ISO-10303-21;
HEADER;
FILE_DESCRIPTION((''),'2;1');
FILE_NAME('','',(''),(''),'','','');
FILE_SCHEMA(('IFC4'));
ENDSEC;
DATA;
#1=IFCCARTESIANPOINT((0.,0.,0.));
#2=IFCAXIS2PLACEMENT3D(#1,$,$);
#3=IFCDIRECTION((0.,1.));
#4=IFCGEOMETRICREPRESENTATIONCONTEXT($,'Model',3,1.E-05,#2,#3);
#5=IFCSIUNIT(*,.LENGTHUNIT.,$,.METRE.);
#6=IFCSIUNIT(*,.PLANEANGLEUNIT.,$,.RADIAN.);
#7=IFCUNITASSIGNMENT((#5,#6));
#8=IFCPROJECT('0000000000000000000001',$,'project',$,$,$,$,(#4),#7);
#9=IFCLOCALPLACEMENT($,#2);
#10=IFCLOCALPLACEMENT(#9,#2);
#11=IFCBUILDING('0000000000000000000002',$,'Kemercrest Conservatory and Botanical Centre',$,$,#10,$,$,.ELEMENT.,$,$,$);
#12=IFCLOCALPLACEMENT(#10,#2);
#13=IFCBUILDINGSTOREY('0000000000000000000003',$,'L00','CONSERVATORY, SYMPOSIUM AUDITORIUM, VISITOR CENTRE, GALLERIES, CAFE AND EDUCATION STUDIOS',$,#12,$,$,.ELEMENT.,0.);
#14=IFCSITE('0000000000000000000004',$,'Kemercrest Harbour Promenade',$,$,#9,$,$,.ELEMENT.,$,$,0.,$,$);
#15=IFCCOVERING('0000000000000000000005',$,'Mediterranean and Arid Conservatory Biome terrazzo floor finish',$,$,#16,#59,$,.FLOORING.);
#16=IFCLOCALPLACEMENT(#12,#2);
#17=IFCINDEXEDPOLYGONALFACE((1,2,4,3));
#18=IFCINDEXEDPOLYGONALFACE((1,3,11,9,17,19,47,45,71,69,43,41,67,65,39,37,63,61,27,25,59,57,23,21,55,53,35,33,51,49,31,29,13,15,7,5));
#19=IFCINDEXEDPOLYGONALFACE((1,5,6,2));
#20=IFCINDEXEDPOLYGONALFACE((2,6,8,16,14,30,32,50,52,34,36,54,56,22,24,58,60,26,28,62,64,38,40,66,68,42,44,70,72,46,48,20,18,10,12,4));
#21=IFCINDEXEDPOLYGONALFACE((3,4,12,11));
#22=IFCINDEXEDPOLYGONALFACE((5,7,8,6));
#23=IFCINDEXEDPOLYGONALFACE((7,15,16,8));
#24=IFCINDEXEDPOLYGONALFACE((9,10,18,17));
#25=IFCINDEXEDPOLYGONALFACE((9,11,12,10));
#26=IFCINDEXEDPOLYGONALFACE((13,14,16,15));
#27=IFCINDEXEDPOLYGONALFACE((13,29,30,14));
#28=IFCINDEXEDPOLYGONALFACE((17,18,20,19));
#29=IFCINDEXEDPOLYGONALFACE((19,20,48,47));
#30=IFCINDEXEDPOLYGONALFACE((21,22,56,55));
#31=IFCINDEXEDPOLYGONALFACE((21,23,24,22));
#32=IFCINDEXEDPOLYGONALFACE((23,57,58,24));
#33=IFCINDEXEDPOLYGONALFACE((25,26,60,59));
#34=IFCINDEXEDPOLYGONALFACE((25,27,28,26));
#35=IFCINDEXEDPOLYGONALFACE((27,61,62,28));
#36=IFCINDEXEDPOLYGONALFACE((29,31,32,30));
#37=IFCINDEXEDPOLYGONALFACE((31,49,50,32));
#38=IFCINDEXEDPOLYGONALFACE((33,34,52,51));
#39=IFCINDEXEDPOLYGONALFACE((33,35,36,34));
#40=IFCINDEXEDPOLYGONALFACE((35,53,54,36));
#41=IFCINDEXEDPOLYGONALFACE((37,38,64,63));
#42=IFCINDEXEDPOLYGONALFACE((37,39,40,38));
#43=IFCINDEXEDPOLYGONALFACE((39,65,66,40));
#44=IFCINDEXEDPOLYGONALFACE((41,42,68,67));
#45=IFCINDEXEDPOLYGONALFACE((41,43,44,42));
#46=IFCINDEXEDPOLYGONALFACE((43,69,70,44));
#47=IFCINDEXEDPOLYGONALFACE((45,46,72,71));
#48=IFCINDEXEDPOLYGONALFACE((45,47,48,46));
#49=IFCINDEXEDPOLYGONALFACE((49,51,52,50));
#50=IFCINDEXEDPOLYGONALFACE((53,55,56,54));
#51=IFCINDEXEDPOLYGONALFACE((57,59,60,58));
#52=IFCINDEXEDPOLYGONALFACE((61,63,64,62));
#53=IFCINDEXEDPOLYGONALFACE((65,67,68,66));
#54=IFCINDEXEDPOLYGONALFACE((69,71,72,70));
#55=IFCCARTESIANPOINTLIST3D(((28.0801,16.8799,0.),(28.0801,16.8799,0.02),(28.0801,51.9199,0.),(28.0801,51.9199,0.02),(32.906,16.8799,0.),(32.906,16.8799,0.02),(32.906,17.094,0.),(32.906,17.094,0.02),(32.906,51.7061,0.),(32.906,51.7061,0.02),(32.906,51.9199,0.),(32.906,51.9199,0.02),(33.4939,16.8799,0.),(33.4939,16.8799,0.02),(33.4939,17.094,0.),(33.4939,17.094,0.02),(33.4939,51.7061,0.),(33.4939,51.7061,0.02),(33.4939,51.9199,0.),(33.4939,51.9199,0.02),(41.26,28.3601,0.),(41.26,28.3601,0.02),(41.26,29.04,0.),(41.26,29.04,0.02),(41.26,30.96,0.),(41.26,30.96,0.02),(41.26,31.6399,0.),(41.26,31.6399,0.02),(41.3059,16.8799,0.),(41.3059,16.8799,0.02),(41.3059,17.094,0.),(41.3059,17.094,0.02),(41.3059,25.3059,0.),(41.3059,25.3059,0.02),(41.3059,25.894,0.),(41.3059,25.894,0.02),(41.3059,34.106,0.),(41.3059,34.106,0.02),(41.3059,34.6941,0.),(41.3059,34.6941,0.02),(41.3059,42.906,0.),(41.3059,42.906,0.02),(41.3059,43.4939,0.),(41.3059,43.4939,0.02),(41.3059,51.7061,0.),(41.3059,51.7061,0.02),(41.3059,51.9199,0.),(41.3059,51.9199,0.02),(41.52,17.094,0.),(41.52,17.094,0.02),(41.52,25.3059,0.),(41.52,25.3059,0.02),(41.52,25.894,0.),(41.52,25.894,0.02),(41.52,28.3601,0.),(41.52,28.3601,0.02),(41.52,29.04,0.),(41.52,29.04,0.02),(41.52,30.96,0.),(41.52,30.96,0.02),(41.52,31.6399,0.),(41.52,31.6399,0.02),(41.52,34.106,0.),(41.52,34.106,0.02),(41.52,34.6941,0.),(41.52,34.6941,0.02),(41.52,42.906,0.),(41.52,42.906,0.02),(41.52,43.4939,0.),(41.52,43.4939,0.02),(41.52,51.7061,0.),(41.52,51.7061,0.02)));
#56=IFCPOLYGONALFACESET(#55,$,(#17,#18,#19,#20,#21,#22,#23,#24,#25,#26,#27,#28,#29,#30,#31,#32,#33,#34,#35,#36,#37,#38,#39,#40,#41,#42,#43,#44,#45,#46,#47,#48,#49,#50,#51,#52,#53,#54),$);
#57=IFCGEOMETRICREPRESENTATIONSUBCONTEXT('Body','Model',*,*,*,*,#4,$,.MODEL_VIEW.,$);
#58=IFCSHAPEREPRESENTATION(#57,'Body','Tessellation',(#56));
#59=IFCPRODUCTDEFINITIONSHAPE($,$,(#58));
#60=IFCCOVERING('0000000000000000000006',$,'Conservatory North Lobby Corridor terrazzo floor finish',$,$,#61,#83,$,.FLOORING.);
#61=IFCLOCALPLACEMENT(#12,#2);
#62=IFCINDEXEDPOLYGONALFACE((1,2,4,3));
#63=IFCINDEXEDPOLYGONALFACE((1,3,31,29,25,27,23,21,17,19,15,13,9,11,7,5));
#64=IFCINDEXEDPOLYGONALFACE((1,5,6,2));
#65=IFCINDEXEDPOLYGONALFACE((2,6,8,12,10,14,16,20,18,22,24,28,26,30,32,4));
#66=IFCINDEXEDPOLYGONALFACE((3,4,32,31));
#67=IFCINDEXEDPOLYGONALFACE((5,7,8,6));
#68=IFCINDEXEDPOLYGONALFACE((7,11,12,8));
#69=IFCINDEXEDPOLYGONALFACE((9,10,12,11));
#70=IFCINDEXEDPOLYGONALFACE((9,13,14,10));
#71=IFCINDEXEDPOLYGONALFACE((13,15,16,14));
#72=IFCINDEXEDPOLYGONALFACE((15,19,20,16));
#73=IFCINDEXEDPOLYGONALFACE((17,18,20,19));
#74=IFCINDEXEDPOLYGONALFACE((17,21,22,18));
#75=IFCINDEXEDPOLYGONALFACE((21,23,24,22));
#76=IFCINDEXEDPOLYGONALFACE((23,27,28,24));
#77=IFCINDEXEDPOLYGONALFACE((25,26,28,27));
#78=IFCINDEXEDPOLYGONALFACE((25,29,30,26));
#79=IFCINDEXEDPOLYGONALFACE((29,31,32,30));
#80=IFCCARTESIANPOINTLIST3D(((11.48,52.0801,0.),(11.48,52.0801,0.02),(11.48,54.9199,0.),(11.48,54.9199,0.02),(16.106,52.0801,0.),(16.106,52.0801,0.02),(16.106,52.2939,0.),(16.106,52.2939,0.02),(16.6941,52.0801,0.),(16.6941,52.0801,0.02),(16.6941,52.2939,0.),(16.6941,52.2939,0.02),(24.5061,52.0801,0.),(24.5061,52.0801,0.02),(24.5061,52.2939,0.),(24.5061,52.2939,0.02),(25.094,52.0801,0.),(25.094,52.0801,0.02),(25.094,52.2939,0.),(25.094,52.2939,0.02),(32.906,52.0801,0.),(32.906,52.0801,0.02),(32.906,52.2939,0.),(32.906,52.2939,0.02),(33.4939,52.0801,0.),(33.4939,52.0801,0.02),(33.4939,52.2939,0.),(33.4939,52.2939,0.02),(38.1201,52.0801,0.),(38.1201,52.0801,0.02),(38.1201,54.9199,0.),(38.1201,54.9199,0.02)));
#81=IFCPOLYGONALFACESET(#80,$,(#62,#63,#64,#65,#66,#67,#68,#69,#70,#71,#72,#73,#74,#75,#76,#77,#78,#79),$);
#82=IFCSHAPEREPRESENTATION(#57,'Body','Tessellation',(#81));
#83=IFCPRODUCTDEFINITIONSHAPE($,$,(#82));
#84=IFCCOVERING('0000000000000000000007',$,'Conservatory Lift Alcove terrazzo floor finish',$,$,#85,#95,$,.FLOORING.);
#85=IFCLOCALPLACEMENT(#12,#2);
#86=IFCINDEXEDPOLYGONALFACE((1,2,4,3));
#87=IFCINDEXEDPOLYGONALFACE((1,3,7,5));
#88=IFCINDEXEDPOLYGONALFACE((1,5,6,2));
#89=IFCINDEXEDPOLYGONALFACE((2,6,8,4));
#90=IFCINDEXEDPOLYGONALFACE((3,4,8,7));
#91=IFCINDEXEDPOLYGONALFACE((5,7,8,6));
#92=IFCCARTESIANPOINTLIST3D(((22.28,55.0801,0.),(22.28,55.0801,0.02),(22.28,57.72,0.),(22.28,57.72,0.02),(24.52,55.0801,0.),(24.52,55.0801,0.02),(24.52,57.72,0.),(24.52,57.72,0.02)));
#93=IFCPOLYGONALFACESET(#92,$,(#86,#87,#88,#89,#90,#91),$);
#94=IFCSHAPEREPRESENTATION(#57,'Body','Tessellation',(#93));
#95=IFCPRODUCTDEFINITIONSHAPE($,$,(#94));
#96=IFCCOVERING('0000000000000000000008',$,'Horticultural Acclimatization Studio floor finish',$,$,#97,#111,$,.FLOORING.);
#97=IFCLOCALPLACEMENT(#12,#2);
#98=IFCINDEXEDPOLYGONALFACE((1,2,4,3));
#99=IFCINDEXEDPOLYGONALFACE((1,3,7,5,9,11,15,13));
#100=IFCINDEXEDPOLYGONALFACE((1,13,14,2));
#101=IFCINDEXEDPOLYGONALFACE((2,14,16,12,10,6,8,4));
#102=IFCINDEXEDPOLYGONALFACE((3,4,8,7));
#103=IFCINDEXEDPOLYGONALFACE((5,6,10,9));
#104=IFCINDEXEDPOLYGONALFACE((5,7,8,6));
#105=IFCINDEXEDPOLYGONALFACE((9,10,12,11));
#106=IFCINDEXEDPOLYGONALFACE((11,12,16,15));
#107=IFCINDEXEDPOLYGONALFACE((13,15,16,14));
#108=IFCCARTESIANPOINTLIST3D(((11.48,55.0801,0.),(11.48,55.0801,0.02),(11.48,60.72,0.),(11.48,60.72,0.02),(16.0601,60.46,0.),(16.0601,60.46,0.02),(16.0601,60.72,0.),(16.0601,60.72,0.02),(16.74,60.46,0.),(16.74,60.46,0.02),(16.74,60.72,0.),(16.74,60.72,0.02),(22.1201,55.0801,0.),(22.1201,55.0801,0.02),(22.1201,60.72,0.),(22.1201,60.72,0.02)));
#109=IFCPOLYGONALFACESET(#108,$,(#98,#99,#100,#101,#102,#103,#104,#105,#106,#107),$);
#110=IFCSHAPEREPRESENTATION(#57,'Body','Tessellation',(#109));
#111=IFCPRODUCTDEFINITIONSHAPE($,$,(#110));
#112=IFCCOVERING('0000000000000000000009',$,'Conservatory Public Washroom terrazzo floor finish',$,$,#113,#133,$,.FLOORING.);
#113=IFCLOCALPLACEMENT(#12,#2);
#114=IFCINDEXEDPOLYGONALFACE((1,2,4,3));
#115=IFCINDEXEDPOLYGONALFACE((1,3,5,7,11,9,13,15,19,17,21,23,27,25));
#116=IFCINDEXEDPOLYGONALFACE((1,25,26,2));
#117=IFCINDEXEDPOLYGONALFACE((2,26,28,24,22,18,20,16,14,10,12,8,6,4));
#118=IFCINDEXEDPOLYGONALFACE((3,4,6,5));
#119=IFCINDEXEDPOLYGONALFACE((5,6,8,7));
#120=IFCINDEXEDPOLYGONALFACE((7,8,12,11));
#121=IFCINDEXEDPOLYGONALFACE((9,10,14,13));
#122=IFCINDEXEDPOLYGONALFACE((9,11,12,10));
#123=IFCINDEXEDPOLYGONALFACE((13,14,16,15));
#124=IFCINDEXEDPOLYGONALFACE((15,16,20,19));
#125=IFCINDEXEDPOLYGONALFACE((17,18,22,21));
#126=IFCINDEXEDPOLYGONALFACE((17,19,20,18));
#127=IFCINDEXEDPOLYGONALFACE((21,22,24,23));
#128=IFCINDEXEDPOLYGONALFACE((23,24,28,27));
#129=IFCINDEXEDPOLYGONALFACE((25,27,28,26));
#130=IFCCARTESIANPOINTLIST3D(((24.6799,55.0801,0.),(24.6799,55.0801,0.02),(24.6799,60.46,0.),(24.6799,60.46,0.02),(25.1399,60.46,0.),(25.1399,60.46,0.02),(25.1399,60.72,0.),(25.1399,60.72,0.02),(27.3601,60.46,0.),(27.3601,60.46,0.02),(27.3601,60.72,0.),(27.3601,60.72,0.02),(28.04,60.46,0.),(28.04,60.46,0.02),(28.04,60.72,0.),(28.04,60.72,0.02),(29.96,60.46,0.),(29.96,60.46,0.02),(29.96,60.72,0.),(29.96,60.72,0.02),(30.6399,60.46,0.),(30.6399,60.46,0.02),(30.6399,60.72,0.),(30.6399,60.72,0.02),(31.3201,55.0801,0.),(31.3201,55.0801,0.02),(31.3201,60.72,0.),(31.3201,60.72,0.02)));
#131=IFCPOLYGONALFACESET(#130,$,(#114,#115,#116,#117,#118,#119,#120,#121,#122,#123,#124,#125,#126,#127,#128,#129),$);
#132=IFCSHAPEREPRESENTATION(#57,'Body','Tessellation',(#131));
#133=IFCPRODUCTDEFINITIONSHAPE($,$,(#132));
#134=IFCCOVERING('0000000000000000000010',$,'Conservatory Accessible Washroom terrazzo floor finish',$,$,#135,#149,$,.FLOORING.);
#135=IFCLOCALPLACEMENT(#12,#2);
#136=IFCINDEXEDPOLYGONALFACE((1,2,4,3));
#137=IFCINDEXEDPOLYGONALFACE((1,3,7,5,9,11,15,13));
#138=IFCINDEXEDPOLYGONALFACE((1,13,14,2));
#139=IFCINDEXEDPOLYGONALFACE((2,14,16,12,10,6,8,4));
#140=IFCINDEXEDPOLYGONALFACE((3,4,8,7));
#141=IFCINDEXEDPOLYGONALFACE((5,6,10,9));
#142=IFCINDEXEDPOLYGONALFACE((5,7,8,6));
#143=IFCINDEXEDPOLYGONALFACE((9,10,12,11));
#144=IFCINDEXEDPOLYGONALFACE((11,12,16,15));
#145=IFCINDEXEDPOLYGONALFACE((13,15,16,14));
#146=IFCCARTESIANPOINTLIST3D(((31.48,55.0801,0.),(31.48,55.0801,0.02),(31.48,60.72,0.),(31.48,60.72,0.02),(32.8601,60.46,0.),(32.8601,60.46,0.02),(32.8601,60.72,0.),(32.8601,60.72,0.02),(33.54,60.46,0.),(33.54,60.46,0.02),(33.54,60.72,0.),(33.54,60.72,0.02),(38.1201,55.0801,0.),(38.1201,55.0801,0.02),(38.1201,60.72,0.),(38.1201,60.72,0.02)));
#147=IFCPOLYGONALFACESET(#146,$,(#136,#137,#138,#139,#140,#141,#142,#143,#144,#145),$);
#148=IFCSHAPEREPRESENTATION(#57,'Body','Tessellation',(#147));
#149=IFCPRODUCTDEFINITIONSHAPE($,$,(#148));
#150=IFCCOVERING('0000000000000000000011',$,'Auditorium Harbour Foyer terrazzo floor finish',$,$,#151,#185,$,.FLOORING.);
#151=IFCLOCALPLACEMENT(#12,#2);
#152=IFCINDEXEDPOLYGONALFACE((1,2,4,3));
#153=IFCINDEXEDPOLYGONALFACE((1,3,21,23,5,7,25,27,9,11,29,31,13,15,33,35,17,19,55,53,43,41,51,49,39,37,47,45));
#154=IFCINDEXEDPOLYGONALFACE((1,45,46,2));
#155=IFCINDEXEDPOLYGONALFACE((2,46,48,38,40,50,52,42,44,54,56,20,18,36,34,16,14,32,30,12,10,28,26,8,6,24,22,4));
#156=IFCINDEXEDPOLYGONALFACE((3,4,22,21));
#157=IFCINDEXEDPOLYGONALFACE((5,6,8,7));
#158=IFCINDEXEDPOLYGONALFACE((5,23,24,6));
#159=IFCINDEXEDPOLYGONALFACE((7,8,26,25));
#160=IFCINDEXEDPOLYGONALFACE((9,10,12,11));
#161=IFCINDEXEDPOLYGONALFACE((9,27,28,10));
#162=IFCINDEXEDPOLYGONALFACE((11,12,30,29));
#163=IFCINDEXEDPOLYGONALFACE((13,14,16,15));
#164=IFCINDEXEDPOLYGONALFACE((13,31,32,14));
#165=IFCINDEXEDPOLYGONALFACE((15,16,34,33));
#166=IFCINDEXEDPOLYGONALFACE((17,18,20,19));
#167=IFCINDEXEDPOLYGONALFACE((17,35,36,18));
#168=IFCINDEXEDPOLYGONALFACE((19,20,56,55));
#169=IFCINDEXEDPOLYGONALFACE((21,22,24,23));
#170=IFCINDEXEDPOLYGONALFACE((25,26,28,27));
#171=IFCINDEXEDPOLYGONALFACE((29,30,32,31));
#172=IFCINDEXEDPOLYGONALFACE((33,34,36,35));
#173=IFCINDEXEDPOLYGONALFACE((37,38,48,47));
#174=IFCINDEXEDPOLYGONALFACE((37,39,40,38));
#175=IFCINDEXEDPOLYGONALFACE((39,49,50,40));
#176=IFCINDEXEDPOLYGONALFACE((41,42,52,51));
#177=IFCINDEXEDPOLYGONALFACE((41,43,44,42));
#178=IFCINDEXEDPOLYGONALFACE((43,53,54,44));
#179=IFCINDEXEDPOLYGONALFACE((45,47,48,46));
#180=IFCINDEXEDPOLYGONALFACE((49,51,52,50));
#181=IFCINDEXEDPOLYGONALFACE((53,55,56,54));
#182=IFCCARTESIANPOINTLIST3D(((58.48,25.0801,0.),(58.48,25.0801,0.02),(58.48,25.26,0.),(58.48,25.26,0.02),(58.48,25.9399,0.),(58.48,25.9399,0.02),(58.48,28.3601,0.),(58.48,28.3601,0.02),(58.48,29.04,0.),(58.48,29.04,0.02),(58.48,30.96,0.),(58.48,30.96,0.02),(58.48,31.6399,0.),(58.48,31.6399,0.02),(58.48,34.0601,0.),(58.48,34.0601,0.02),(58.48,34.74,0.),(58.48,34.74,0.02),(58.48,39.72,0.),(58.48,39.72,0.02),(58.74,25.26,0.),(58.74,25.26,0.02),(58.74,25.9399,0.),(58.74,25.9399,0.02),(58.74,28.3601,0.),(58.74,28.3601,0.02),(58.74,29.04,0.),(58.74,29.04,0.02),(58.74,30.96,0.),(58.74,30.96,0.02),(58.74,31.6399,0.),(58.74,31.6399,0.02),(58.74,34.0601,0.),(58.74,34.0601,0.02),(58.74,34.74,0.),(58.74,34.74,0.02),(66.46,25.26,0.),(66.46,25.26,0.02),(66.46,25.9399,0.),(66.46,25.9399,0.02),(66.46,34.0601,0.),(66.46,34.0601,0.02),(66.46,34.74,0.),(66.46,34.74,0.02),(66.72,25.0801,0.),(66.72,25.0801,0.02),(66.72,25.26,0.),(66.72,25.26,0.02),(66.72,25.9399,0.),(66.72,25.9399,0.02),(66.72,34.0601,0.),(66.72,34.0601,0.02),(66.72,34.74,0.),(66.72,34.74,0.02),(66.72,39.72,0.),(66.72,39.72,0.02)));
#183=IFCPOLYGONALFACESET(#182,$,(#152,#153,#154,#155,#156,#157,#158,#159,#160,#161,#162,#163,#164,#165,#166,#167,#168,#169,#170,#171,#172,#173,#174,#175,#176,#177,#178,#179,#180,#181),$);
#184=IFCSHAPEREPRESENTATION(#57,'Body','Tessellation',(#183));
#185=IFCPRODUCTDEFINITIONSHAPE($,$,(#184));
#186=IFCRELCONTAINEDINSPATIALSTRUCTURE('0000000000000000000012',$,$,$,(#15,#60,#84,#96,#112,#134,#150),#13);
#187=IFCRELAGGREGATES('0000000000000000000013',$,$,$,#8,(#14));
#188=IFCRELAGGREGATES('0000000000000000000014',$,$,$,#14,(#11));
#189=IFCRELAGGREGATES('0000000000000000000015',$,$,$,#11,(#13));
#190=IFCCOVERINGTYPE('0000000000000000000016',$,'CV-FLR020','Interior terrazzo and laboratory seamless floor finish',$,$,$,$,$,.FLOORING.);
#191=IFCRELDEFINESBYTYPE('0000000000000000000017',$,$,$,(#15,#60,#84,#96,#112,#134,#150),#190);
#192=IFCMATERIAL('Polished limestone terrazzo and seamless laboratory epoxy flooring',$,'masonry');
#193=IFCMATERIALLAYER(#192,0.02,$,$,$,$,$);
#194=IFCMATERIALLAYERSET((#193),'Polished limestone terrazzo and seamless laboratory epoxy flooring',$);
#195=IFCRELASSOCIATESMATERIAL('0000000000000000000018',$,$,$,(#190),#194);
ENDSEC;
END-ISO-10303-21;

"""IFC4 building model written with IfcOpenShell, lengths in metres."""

from ifc_helpers import new_model, si_unit, direction, origin, place, context, subcontext, project, spatial, polyline, outline, extrude, material, layer, layer_set, type_object, element, save


model = new_model("IFC4")

# Units and contexts
model_context = context("Model", 3, precision=1e-05, world=origin(), true_north=direction((0.0, 1.0)))
body_context = subcontext(model_context, "Body", "Model", "MODEL_VIEW")
ifc_project = project(units=[si_unit("LENGTHUNIT", "METRE"), si_unit("PLANEANGLEUNIT", "RADIAN")], contexts=[model_context])

# Site, building, storey
site_placement = place(None, origin())
site = spatial("IfcSite", under=ifc_project, at=site_placement, Name="Kemercrest Harbour Promenade", CompositionType="ELEMENT", RefElevation=0.0)
building_placement = place(site_placement, origin())
building = spatial("IfcBuilding", under=site, at=building_placement, Name="Kemercrest Conservatory and Botanical Centre", CompositionType="ELEMENT")
storey_placement = place(building_placement, origin())
storey = spatial("IfcBuildingStorey", under=building, at=storey_placement, Name="L00", Description="CONSERVATORY, SYMPOSIUM AUDITORIUM, VISITOR CENTRE, GALLERIES, CAFE AND EDUCATION STUDIOS", CompositionType="ELEMENT", Elevation=0.0)

# Coverings
ifc_material = material(Name="Polished limestone terrazzo and seamless laboratory epoxy flooring", Category="masonry")
ifc_layer = layer(ifc_material, 0.02)
ifc_layer_set = layer_set([ifc_layer], Name="Polished limestone terrazzo and seamless laboratory epoxy flooring")
covering_type = type_object("IfcCoveringType", Name="CV-FLR020", Description="Interior terrazzo and laboratory seamless floor finish", PredefinedType="FLOORING", material=ifc_layer_set)
covering_1_placement = place(storey_placement, origin())
element("IfcCovering", 1, at=covering_1_placement, inside=storey, type_object=covering_type, Name="Mediterranean and Arid Conservatory Biome terrazzo floor finish", PredefinedType="FLOORING", context=body_context, shape_type="SweptSolid", body=[
    extrude(outline(polyline([(33.4939, 16.8799), (41.3059, 16.8799), (41.3059, 17.094), (41.52, 17.094), (41.52, 25.3059), (41.3059, 25.3059), (41.3059, 25.894), (41.52, 25.894), (41.52, 28.3601), (41.26, 28.3601), (41.26, 29.04), (41.52, 29.04), (41.52, 30.96), (41.26, 30.96), (41.26, 31.6399), (41.52, 31.6399), (41.52, 34.106), (41.3059, 34.106), (41.3059, 34.6941), (41.52, 34.6941), (41.52, 42.906), (41.3059, 42.906), (41.3059, 43.4939), (41.52, 43.4939), (41.52, 51.7061), (41.3059, 51.7061), (41.3059, 51.9199), (33.4939, 51.9199), (33.4939, 51.7061), (32.906, 51.7061), (32.906, 51.9199), (28.0801, 51.9199), (28.0801, 16.8799), (32.906, 16.8799), (32.906, 17.094), (33.4939, 17.094), (33.4939, 16.8799)])), origin(), (0.0, 0.0, 1.0), 0.02),
])
covering_2_placement = place(storey_placement, origin())
element("IfcCovering", 2, at=covering_2_placement, inside=storey, type_object=covering_type, Name="Conservatory North Lobby Corridor terrazzo floor finish", PredefinedType="FLOORING", context=body_context, shape_type="SweptSolid", body=[
    extrude(outline(polyline([(33.4939, 52.0801), (38.1201, 52.0801), (38.1201, 54.9199), (11.48, 54.9199), (11.48, 52.0801), (16.106, 52.0801), (16.106, 52.2939), (16.6941, 52.2939), (16.6941, 52.0801), (24.5061, 52.0801), (24.5061, 52.2939), (25.094, 52.2939), (25.094, 52.0801), (32.906, 52.0801), (32.906, 52.2939), (33.4939, 52.2939), (33.4939, 52.0801)])), origin(), (0.0, 0.0, 1.0), 0.02),
])
covering_3_placement = place(storey_placement, origin())
element("IfcCovering", 3, at=covering_3_placement, inside=storey, type_object=covering_type, Name="Conservatory Lift Alcove terrazzo floor finish", PredefinedType="FLOORING", context=body_context, shape_type="SweptSolid", body=[
    extrude(outline(polyline([(22.28, 55.0801), (24.52, 55.0801), (24.52, 57.72), (22.28, 57.72), (22.28, 55.0801)])), origin(), (0.0, 0.0, 1.0), 0.02),
])
covering_4_placement = place(storey_placement, origin())
element("IfcCovering", 4, at=covering_4_placement, inside=storey, type_object=covering_type, Name="Horticultural Acclimatization Studio floor finish", PredefinedType="FLOORING", context=body_context, shape_type="SweptSolid", body=[
    extrude(outline(polyline([(11.48, 55.0801), (22.1201, 55.0801), (22.1201, 60.72), (16.74, 60.72), (16.74, 60.46), (16.0601, 60.46), (16.0601, 60.72), (11.48, 60.72), (11.48, 55.0801)])), origin(), (0.0, 0.0, 1.0), 0.02),
])
covering_5_placement = place(storey_placement, origin())
element("IfcCovering", 5, at=covering_5_placement, inside=storey, type_object=covering_type, Name="Conservatory Public Washroom terrazzo floor finish", PredefinedType="FLOORING", context=body_context, shape_type="SweptSolid", body=[
    extrude(outline(polyline([(24.6799, 55.0801), (31.3201, 55.0801), (31.3201, 60.72), (30.6399, 60.72), (30.6399, 60.46), (29.96, 60.46), (29.96, 60.72), (28.04, 60.72), (28.04, 60.46), (27.3601, 60.46), (27.3601, 60.72), (25.1399, 60.72), (25.1399, 60.46), (24.6799, 60.46), (24.6799, 55.0801)])), origin(), (0.0, 0.0, 1.0), 0.02),
])
covering_6_placement = place(storey_placement, origin())
element("IfcCovering", 6, at=covering_6_placement, inside=storey, type_object=covering_type, Name="Conservatory Accessible Washroom terrazzo floor finish", PredefinedType="FLOORING", context=body_context, shape_type="SweptSolid", body=[
    extrude(outline(polyline([(31.48, 55.0801), (38.1201, 55.0801), (38.1201, 60.72), (33.54, 60.72), (33.54, 60.46), (32.8601, 60.46), (32.8601, 60.72), (31.48, 60.72), (31.48, 55.0801)])), origin(), (0.0, 0.0, 1.0), 0.02),
])
covering_7_placement = place(storey_placement, origin())
element("IfcCovering", 7, at=covering_7_placement, inside=storey, type_object=covering_type, Name="Auditorium Harbour Foyer terrazzo floor finish", PredefinedType="FLOORING", context=body_context, shape_type="SweptSolid", body=[
    extrude(outline(polyline([(58.48, 25.0801), (66.72, 25.0801), (66.72, 25.26), (66.46, 25.26), (66.46, 25.9399), (66.72, 25.9399), (66.72, 34.0601), (66.46, 34.0601), (66.46, 34.74), (66.72, 34.74), (66.72, 39.72), (58.48, 39.72), (58.48, 34.74), (58.74, 34.74), (58.74, 34.0601), (58.48, 34.0601), (58.48, 31.6399), (58.74, 31.6399), (58.74, 30.96), (58.48, 30.96), (58.48, 29.04), (58.74, 29.04), (58.74, 28.3601), (58.48, 28.3601), (58.48, 25.9399), (58.74, 25.9399), (58.74, 25.26), (58.48, 25.26), (58.48, 25.0801)])), origin(), (0.0, 0.0, 1.0), 0.02),
])

save(model, "model.ifc")
